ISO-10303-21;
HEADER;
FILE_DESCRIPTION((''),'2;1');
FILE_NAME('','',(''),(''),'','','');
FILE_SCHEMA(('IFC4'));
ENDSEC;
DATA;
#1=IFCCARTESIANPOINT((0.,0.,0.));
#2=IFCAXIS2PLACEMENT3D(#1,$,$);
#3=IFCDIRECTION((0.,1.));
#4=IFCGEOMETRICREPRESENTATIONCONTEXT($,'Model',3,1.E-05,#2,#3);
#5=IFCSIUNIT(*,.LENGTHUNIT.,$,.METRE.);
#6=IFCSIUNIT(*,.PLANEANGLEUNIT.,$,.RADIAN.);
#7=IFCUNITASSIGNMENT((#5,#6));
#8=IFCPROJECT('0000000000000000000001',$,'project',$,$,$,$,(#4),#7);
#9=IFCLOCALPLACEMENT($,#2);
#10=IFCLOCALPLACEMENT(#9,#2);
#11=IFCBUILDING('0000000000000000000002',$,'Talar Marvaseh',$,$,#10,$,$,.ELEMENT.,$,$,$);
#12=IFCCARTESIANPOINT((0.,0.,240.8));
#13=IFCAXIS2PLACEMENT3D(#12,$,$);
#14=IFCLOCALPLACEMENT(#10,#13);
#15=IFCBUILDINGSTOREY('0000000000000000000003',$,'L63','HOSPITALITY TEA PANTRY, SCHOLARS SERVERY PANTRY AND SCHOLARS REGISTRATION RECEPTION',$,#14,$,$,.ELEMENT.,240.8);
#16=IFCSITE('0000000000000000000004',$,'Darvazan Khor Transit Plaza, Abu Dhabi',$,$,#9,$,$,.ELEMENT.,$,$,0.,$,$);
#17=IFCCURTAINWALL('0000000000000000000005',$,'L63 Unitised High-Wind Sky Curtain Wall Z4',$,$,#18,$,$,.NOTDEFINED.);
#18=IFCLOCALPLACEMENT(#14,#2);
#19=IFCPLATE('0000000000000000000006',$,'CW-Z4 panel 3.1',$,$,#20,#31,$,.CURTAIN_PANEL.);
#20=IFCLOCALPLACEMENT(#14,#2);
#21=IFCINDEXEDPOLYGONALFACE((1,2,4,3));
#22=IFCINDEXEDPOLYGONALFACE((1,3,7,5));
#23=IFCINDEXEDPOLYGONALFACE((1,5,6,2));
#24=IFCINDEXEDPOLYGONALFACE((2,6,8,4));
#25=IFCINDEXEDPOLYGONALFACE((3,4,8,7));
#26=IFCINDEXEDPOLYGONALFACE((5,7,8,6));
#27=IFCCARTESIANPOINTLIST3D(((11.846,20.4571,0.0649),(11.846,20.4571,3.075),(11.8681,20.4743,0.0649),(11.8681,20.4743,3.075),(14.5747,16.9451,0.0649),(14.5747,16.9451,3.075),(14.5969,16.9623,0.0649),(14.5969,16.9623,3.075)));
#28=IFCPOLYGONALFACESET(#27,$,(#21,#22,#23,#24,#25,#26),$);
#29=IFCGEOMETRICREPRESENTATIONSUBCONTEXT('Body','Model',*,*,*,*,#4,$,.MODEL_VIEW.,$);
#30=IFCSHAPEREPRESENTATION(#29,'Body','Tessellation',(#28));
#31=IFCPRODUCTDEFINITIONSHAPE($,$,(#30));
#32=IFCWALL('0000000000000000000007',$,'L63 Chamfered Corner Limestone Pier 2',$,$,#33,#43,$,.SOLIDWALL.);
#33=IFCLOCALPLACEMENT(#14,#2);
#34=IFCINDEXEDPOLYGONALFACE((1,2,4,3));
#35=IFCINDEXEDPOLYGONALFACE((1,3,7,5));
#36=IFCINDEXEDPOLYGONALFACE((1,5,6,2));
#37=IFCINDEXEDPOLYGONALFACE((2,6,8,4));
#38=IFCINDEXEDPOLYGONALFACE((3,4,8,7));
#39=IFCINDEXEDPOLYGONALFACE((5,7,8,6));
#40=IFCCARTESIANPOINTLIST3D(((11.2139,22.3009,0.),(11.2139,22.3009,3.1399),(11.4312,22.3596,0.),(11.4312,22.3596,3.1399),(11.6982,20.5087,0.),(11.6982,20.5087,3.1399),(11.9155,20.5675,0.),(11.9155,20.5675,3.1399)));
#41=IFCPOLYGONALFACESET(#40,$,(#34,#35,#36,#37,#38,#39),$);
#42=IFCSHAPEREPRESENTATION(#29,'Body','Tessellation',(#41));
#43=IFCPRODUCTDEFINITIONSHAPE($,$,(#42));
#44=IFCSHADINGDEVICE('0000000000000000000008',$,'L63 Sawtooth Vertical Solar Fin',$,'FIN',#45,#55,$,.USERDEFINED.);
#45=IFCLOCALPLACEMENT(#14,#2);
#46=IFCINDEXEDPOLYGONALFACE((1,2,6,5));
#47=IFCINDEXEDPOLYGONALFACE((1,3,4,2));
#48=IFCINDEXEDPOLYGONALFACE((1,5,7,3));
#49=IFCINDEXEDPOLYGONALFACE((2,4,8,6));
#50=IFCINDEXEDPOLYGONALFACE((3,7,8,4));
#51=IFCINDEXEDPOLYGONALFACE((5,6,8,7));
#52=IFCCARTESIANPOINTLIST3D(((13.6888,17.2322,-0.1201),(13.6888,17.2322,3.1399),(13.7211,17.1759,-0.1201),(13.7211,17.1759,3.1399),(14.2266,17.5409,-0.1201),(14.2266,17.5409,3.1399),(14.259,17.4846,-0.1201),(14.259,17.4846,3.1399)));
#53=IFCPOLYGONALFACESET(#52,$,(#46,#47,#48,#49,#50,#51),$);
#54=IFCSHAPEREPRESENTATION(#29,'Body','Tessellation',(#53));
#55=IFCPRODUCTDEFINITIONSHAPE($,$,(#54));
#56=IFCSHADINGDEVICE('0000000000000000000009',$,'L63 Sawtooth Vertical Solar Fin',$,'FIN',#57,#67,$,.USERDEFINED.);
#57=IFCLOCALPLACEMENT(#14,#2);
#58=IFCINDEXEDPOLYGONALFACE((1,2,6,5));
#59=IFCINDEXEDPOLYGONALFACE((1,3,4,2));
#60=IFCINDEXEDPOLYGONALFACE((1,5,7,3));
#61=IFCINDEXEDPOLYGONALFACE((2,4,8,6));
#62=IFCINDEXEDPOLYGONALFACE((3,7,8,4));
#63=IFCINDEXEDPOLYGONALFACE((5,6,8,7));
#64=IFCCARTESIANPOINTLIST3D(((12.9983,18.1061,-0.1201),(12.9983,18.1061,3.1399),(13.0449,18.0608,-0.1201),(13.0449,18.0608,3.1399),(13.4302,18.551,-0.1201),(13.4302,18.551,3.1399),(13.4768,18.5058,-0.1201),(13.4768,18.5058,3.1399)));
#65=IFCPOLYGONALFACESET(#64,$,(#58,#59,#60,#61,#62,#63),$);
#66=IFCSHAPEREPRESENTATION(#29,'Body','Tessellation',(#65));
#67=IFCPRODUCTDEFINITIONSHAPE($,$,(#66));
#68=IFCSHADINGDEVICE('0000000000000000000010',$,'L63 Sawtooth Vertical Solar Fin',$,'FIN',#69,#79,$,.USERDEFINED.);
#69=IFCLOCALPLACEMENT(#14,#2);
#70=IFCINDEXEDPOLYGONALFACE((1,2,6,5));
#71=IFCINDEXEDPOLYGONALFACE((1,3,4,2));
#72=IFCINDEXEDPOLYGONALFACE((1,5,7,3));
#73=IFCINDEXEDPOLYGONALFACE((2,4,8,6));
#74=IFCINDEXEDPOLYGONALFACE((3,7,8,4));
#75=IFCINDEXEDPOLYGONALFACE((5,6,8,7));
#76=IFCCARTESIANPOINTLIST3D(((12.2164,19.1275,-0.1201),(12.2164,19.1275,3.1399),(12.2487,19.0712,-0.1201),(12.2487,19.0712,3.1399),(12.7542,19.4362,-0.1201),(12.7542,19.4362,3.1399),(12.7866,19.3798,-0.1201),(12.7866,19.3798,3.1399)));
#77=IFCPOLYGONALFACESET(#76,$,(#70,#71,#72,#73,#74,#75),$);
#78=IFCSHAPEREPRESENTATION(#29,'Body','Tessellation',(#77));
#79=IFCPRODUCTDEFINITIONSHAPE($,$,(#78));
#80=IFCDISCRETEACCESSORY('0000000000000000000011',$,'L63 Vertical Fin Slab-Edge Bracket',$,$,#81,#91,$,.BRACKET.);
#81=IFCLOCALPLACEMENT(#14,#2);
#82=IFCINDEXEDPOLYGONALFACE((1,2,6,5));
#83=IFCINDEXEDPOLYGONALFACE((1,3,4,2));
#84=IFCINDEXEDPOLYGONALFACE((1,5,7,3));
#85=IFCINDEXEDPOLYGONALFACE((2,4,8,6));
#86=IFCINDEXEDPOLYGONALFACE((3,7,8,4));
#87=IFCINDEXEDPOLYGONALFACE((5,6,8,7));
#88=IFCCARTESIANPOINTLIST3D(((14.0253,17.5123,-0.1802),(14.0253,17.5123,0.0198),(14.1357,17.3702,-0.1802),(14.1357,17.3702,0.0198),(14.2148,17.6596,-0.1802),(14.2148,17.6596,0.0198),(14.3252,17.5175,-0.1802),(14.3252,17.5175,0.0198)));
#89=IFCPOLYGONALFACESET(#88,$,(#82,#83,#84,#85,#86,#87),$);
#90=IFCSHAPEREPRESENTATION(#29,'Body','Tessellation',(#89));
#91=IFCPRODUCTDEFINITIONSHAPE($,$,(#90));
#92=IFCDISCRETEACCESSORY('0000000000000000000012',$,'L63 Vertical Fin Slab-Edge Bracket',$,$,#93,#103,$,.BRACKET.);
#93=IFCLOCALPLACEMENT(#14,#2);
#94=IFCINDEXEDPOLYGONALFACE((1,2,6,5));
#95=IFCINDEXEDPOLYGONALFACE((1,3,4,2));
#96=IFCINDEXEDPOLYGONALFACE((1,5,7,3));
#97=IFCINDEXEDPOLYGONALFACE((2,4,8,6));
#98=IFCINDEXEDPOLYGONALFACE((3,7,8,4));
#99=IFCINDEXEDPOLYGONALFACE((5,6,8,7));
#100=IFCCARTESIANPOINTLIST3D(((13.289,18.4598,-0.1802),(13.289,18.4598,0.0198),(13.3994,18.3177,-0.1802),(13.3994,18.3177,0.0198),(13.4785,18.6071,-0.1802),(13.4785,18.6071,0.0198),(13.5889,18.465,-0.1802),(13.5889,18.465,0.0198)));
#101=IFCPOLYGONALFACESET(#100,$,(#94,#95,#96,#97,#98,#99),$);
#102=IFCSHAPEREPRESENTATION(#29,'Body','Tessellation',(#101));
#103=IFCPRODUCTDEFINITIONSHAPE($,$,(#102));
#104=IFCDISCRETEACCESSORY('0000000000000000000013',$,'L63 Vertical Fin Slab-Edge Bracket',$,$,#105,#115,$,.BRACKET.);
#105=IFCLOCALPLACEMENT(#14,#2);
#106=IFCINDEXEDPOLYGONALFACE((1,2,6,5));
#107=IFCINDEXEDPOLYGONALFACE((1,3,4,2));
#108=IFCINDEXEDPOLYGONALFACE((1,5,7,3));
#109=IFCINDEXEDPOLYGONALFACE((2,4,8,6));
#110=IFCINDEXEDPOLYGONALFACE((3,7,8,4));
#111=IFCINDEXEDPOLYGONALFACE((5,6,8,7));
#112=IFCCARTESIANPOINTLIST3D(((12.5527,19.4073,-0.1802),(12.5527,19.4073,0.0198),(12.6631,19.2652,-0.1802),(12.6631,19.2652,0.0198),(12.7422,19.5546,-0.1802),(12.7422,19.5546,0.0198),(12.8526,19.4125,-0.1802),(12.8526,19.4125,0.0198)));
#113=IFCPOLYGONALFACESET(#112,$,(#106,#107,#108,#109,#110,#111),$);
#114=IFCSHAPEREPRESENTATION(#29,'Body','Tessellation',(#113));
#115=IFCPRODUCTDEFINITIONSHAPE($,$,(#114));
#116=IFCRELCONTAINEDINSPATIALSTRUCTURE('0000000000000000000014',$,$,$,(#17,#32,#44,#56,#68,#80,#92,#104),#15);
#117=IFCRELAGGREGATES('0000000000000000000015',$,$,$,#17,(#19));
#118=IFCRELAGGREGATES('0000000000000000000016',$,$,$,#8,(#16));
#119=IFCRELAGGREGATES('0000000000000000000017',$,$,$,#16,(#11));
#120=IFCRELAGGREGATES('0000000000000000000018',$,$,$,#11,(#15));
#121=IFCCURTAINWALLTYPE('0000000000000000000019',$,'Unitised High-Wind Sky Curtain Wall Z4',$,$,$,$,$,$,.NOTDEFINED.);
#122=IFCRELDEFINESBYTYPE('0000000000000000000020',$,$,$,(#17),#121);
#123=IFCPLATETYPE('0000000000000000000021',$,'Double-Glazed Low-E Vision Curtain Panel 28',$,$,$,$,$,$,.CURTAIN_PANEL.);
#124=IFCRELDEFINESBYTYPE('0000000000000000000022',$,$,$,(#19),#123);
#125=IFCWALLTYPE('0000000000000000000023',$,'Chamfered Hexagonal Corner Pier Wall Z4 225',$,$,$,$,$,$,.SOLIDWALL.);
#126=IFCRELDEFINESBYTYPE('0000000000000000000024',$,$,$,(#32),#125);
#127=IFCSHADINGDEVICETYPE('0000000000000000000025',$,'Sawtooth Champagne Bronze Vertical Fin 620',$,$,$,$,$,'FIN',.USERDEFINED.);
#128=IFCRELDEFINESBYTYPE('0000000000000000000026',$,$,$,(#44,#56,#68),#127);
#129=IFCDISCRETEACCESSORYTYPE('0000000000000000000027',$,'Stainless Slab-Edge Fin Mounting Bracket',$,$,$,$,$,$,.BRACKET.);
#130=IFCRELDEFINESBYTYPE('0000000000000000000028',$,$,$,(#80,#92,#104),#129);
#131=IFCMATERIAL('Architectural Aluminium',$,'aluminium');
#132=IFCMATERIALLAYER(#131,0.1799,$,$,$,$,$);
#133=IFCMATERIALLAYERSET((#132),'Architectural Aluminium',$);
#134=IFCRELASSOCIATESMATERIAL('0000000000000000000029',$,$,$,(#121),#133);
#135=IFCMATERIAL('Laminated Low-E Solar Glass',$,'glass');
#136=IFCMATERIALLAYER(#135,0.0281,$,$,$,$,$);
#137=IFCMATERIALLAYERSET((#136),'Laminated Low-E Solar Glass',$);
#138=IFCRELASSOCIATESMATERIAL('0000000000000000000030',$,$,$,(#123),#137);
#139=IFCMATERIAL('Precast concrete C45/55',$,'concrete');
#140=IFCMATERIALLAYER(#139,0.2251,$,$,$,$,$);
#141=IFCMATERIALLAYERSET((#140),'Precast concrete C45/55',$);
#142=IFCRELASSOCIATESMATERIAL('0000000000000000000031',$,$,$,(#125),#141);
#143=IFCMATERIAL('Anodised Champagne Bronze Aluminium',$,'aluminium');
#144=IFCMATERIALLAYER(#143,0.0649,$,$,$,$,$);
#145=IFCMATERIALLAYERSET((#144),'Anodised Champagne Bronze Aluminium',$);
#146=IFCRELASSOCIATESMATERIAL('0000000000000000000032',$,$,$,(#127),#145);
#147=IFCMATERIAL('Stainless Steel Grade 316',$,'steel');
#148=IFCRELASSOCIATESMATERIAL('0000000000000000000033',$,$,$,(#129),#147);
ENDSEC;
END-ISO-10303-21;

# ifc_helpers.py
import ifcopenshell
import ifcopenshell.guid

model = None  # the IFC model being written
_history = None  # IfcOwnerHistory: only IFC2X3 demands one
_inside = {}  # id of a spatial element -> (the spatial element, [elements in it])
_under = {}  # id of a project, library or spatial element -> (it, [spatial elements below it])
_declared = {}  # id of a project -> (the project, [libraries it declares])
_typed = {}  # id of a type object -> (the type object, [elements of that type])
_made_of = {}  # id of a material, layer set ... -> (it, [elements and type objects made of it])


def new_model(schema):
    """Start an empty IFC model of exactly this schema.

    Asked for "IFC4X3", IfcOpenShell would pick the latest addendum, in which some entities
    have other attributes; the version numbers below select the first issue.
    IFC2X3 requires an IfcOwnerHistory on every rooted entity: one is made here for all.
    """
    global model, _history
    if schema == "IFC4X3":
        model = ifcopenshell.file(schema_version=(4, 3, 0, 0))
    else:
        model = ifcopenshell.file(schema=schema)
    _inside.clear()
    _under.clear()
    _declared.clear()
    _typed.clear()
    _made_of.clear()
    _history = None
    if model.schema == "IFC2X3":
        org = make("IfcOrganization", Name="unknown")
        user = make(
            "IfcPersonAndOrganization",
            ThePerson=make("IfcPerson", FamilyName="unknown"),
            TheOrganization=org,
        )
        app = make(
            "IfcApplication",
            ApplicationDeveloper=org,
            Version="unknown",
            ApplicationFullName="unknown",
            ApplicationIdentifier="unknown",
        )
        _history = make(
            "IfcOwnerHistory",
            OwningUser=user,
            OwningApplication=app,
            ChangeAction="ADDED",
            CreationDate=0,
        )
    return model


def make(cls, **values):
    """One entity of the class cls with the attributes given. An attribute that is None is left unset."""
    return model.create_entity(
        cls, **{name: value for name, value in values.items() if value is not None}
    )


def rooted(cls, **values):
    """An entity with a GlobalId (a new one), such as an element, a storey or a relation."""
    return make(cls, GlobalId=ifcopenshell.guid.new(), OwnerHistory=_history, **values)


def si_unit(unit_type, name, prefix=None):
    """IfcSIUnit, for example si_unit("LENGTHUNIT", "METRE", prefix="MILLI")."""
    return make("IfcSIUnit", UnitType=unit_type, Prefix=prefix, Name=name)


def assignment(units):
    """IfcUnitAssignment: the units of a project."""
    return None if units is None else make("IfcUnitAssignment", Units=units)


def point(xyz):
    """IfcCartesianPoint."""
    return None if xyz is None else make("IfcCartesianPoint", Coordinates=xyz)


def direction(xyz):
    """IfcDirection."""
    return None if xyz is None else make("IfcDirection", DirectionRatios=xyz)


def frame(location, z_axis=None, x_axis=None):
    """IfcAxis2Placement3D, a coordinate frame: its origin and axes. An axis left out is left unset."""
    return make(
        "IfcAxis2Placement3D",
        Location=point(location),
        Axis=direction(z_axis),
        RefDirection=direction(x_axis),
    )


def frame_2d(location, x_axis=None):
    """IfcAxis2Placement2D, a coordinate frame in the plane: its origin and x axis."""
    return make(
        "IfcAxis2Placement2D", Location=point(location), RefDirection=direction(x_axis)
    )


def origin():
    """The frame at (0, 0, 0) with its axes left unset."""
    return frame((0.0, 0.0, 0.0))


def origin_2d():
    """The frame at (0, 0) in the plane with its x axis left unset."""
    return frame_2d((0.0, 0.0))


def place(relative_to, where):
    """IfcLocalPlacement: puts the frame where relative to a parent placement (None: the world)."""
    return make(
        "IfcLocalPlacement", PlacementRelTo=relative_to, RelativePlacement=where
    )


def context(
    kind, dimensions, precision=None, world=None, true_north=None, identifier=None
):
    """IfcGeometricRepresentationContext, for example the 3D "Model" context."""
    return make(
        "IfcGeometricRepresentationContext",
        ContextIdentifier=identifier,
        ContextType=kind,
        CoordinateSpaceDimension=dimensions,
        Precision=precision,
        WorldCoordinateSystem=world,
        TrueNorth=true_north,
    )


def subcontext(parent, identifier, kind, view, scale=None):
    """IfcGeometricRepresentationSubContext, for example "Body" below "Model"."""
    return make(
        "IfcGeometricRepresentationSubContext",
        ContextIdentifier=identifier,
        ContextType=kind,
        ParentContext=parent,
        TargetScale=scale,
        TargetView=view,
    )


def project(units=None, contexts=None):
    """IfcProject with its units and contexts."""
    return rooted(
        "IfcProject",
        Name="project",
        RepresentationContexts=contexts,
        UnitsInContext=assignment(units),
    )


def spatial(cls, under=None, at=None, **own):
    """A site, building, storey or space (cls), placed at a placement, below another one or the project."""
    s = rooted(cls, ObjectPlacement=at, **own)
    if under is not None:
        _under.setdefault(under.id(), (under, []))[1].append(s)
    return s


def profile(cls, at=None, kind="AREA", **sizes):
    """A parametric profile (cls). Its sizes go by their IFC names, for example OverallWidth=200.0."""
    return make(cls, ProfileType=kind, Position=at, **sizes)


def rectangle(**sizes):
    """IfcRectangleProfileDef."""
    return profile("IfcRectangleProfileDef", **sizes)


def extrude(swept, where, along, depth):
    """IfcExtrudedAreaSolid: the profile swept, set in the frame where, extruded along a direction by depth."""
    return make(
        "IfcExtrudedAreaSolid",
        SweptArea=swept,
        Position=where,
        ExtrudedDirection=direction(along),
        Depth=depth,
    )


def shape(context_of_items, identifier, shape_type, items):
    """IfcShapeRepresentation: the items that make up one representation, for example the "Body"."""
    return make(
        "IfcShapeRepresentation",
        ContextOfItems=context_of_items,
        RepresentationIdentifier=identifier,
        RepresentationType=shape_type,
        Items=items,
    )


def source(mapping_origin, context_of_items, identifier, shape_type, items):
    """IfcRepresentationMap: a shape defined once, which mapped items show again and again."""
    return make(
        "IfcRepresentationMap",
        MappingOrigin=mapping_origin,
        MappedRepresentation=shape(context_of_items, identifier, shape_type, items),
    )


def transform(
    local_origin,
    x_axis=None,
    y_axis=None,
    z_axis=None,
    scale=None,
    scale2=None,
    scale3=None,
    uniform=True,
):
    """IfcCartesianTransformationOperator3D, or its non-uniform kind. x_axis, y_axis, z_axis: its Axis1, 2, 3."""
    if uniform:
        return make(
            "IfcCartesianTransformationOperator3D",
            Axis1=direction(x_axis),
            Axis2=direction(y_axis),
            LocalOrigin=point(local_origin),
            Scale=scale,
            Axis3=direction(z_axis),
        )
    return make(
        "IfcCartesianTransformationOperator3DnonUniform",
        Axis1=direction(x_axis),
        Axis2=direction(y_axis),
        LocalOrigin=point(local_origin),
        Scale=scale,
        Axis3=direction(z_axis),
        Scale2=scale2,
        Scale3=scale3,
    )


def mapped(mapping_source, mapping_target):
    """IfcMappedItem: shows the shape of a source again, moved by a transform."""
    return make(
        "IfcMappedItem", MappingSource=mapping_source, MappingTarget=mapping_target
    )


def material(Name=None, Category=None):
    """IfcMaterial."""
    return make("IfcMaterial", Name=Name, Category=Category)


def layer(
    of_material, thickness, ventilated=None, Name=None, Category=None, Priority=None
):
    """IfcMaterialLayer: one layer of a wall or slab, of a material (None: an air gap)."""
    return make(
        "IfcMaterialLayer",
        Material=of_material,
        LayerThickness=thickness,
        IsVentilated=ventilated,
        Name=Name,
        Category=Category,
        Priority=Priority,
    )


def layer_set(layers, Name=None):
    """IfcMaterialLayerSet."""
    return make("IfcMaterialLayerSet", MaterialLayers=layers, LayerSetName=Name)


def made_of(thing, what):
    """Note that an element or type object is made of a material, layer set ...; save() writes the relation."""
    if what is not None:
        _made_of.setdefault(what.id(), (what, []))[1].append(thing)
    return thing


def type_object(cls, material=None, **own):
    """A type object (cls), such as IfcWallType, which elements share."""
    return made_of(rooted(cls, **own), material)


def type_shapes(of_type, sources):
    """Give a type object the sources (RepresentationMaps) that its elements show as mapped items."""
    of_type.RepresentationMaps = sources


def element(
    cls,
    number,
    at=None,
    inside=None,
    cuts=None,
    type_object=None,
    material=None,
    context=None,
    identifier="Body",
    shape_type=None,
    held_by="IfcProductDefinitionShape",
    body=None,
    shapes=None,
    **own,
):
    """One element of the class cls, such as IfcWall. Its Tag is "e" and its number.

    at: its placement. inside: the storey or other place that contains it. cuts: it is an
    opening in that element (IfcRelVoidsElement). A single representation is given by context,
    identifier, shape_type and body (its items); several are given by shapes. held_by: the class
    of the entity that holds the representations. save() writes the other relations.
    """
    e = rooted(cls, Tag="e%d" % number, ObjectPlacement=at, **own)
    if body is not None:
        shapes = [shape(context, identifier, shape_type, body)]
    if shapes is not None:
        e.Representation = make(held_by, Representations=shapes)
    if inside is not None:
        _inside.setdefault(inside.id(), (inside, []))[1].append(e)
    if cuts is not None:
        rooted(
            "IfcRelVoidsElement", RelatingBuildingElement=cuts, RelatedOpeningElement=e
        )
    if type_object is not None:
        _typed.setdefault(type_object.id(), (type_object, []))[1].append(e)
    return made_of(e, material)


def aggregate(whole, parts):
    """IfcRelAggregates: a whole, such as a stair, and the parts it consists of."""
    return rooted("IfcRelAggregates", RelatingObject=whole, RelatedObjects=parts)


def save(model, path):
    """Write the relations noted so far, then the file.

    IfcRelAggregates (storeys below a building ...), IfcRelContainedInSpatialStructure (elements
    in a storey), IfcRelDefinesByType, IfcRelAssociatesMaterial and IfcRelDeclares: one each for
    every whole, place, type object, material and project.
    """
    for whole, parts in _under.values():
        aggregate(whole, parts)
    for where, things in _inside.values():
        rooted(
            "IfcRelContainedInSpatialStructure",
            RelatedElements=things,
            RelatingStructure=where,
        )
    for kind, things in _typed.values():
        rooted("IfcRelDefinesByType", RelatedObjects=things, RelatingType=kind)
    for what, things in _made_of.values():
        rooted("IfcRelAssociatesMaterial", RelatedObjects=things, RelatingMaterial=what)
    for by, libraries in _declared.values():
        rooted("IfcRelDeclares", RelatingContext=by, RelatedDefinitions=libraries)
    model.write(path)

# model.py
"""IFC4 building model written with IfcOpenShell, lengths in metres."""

from ifc_helpers import new_model, si_unit, direction, frame, frame_2d, origin, origin_2d, place, context, subcontext, project, spatial, rectangle, extrude, source, transform, mapped, material, layer, layer_set, type_object, type_shapes, element, aggregate, save


model = new_model("IFC4")

# Units and contexts
model_context = context("Model", 3, precision=1e-05, world=origin(), true_north=direction((0.0, 1.0)))
body_context = subcontext(model_context, "Body", "Model", "MODEL_VIEW")
ifc_project = project(units=[si_unit("LENGTHUNIT", "METRE"), si_unit("PLANEANGLEUNIT", "RADIAN")], contexts=[model_context])

# Site, building, storey
site_placement = place(None, origin())
site = spatial("IfcSite", under=ifc_project, at=site_placement, Name="Darvazan Khor Transit Plaza, Abu Dhabi", CompositionType="ELEMENT", RefElevation=0.0)
building_placement = place(site_placement, origin())
building = spatial("IfcBuilding", under=site, at=building_placement, Name="Talar Marvaseh", CompositionType="ELEMENT")
storey_placement = place(building_placement, frame((0.0, 0.0, 240.8)))
storey = spatial("IfcBuildingStorey", under=building, at=storey_placement, Name="L63", Description="HOSPITALITY TEA PANTRY, SCHOLARS SERVERY PANTRY AND SCHOLARS REGISTRATION RECEPTION", CompositionType="ELEMENT", Elevation=240.8)

# Curtain wall
ifc_material_1 = material(Name="Architectural Aluminium", Category="aluminium")
ifc_layer_1 = layer(ifc_material_1, 0.1799)
ifc_layer_set_1 = layer_set([ifc_layer_1], Name="Architectural Aluminium")
curtain_wall_type = type_object("IfcCurtainWallType", Name="Unitised High-Wind Sky Curtain Wall Z4", PredefinedType="NOTDEFINED", material=ifc_layer_set_1)
curtain_wall_1_placement = place(storey_placement, origin())
curtain_wall_1 = element("IfcCurtainWall", 1, at=curtain_wall_1_placement, inside=storey, type_object=curtain_wall_type, Name="L63 Unitised High-Wind Sky Curtain Wall Z4", PredefinedType="NOTDEFINED")

# Plate
ifc_material_2 = material(Name="Laminated Low-E Solar Glass", Category="glass")
ifc_layer_2 = layer(ifc_material_2, 0.0281)
ifc_layer_set_2 = layer_set([ifc_layer_2], Name="Laminated Low-E Solar Glass")
plate_type = type_object("IfcPlateType", Name="Double-Glazed Low-E Vision Curtain Panel 28", PredefinedType="CURTAIN_PANEL", material=ifc_layer_set_2)
shared_shape_1 = source(origin(), body_context, "Body", "SweptSolid", [
    extrude(rectangle(XDim=4.4475, YDim=0.0281, at=origin_2d()), origin(), (0.0, 0.0, 1.0), 3.01),
])
type_shapes(plate_type, [shared_shape_1])
plate_placement = place(storey_placement, frame((13.2214, 18.7097, 0.0649), z_axis=(0.0, 0.0, 1.0), x_axis=(-0.613544, 0.789661, 0.0)))
plate = element("IfcPlate", 2, at=plate_placement, type_object=plate_type, Name="CW-Z4 panel 3.1", PredefinedType="CURTAIN_PANEL", context=body_context, shape_type="MappedRepresentation", body=[
    mapped(shared_shape_1, transform((0.0, 0.0, 0.0), x_axis=(1.0, 0.0, 0.0), y_axis=(0.0, 1.0, 0.0), z_axis=(0.0, 0.0, 1.0), scale=1.0)),
])
aggregate(curtain_wall_1, [plate])

# Wall
ifc_material_3 = material(Name="Precast concrete C45/55", Category="concrete")
ifc_layer_3 = layer(ifc_material_3, 0.2251)
ifc_layer_set_3 = layer_set([ifc_layer_3], Name="Precast concrete C45/55")
wall_type = type_object("IfcWallType", Name="Chamfered Hexagonal Corner Pier Wall Z4 225", PredefinedType="SOLIDWALL", material=ifc_layer_set_3)
wall_placement = place(storey_placement, frame((11.8069, 20.5381, 0.0), z_axis=(0.0, 0.0, 1.0), x_axis=(-0.260902, 0.965365, 0.0)))
element("IfcWall", 3, at=wall_placement, inside=storey, type_object=wall_type, Name="L63 Chamfered Corner Limestone Pier 2", PredefinedType="SOLIDWALL", context=body_context, shape_type="SweptSolid", body=[
    extrude(rectangle(XDim=1.8564, YDim=0.2251, at=frame_2d((0.9282, 0.0))), origin(), (0.0, 0.0, 1.0), 3.1399),
])

# Shading devices
ifc_material_4 = material(Name="Anodised Champagne Bronze Aluminium", Category="aluminium")
ifc_layer_4 = layer(ifc_material_4, 0.0649)
ifc_layer_set_4 = layer_set([ifc_layer_4], Name="Anodised Champagne Bronze Aluminium")
shading_device_type = type_object("IfcShadingDeviceType", Name="Sawtooth Champagne Bronze Vertical Fin 620", ElementType="FIN", PredefinedType="USERDEFINED", material=ifc_layer_set_4)
shared_shape_2 = source(origin(), body_context, "Body", "SweptSolid", [
    extrude(rectangle(XDim=0.6201, YDim=0.0649, at=origin_2d()), origin(), (0.0, 0.0, 1.0), 3.26),
])
type_shapes(shading_device_type, [shared_shape_2])
for number, where, z_axis, x_axis, name in (
    (4, (13.9739, 17.3584, -0.1201), (0.0, 0.0, 1.0), (-0.867331, -0.497731, 0.0), "L63 Sawtooth Vertical Solar Fin"),
    (5, (13.2375, 18.3059, -0.1201), (0.0, 0.0, 1.0), (-0.696539, -0.717519, 0.0), "L63 Sawtooth Vertical Solar Fin"),
    (6, (12.5015, 19.2537, -0.1201), (0.0, 0.0, 1.0), (-0.867331, -0.497731, 0.0), "L63 Sawtooth Vertical Solar Fin"),
):
    element("IfcShadingDevice", number, at=place(storey_placement, frame(where, z_axis=z_axis, x_axis=x_axis)), inside=storey, type_object=shading_device_type, Name=name, ObjectType="FIN", PredefinedType="USERDEFINED", context=body_context, shape_type="MappedRepresentation", body=[
        mapped(shared_shape_2, transform((0.0, 0.0, 0.0), x_axis=(1.0, 0.0, 0.0), y_axis=(0.0, 1.0, 0.0), z_axis=(0.0, 0.0, 1.0), scale=1.0)),
    ])

# Discrete accessories
ifc_material_5 = material(Name="Stainless Steel Grade 316", Category="steel")
discrete_accessory_type = type_object("IfcDiscreteAccessoryType", Name="Stainless Slab-Edge Fin Mounting Bracket", PredefinedType="BRACKET", material=ifc_material_5)
shared_shape_3 = source(origin(), body_context, "Body", "SweptSolid", [
    extrude(rectangle(XDim=0.24, YDim=0.1799, at=origin_2d()), origin(), (0.0, 0.0, 1.0), 0.2),
])
type_shapes(discrete_accessory_type, [shared_shape_3])
for number, where, z_axis, x_axis, name in (
    (7, (14.1753, 17.5149, -0.1802), (0.0, 0.0, 1.0), (-0.78962, -0.613596, 0.0), "L63 Vertical Fin Slab-Edge Bracket"),
    (8, (13.439, 18.4624, -0.1802), (0.0, 0.0, 1.0), (-0.78962, -0.613596, 0.0), "L63 Vertical Fin Slab-Edge Bracket"),
    (9, (12.7026, 19.4099, -0.1802), (0.0, 0.0, 1.0), (-0.78962, -0.613596, 0.0), "L63 Vertical Fin Slab-Edge Bracket"),
):
    element("IfcDiscreteAccessory", number, at=place(storey_placement, frame(where, z_axis=z_axis, x_axis=x_axis)), inside=storey, type_object=discrete_accessory_type, Name=name, PredefinedType="BRACKET", context=body_context, shape_type="MappedRepresentation", body=[
        mapped(shared_shape_3, transform((0.0, 0.0, 0.0), x_axis=(1.0, 0.0, 0.0), y_axis=(0.0, 1.0, 0.0), z_axis=(0.0, 0.0, 1.0), scale=1.0)),
    ])

save(model, "model.ifc")
